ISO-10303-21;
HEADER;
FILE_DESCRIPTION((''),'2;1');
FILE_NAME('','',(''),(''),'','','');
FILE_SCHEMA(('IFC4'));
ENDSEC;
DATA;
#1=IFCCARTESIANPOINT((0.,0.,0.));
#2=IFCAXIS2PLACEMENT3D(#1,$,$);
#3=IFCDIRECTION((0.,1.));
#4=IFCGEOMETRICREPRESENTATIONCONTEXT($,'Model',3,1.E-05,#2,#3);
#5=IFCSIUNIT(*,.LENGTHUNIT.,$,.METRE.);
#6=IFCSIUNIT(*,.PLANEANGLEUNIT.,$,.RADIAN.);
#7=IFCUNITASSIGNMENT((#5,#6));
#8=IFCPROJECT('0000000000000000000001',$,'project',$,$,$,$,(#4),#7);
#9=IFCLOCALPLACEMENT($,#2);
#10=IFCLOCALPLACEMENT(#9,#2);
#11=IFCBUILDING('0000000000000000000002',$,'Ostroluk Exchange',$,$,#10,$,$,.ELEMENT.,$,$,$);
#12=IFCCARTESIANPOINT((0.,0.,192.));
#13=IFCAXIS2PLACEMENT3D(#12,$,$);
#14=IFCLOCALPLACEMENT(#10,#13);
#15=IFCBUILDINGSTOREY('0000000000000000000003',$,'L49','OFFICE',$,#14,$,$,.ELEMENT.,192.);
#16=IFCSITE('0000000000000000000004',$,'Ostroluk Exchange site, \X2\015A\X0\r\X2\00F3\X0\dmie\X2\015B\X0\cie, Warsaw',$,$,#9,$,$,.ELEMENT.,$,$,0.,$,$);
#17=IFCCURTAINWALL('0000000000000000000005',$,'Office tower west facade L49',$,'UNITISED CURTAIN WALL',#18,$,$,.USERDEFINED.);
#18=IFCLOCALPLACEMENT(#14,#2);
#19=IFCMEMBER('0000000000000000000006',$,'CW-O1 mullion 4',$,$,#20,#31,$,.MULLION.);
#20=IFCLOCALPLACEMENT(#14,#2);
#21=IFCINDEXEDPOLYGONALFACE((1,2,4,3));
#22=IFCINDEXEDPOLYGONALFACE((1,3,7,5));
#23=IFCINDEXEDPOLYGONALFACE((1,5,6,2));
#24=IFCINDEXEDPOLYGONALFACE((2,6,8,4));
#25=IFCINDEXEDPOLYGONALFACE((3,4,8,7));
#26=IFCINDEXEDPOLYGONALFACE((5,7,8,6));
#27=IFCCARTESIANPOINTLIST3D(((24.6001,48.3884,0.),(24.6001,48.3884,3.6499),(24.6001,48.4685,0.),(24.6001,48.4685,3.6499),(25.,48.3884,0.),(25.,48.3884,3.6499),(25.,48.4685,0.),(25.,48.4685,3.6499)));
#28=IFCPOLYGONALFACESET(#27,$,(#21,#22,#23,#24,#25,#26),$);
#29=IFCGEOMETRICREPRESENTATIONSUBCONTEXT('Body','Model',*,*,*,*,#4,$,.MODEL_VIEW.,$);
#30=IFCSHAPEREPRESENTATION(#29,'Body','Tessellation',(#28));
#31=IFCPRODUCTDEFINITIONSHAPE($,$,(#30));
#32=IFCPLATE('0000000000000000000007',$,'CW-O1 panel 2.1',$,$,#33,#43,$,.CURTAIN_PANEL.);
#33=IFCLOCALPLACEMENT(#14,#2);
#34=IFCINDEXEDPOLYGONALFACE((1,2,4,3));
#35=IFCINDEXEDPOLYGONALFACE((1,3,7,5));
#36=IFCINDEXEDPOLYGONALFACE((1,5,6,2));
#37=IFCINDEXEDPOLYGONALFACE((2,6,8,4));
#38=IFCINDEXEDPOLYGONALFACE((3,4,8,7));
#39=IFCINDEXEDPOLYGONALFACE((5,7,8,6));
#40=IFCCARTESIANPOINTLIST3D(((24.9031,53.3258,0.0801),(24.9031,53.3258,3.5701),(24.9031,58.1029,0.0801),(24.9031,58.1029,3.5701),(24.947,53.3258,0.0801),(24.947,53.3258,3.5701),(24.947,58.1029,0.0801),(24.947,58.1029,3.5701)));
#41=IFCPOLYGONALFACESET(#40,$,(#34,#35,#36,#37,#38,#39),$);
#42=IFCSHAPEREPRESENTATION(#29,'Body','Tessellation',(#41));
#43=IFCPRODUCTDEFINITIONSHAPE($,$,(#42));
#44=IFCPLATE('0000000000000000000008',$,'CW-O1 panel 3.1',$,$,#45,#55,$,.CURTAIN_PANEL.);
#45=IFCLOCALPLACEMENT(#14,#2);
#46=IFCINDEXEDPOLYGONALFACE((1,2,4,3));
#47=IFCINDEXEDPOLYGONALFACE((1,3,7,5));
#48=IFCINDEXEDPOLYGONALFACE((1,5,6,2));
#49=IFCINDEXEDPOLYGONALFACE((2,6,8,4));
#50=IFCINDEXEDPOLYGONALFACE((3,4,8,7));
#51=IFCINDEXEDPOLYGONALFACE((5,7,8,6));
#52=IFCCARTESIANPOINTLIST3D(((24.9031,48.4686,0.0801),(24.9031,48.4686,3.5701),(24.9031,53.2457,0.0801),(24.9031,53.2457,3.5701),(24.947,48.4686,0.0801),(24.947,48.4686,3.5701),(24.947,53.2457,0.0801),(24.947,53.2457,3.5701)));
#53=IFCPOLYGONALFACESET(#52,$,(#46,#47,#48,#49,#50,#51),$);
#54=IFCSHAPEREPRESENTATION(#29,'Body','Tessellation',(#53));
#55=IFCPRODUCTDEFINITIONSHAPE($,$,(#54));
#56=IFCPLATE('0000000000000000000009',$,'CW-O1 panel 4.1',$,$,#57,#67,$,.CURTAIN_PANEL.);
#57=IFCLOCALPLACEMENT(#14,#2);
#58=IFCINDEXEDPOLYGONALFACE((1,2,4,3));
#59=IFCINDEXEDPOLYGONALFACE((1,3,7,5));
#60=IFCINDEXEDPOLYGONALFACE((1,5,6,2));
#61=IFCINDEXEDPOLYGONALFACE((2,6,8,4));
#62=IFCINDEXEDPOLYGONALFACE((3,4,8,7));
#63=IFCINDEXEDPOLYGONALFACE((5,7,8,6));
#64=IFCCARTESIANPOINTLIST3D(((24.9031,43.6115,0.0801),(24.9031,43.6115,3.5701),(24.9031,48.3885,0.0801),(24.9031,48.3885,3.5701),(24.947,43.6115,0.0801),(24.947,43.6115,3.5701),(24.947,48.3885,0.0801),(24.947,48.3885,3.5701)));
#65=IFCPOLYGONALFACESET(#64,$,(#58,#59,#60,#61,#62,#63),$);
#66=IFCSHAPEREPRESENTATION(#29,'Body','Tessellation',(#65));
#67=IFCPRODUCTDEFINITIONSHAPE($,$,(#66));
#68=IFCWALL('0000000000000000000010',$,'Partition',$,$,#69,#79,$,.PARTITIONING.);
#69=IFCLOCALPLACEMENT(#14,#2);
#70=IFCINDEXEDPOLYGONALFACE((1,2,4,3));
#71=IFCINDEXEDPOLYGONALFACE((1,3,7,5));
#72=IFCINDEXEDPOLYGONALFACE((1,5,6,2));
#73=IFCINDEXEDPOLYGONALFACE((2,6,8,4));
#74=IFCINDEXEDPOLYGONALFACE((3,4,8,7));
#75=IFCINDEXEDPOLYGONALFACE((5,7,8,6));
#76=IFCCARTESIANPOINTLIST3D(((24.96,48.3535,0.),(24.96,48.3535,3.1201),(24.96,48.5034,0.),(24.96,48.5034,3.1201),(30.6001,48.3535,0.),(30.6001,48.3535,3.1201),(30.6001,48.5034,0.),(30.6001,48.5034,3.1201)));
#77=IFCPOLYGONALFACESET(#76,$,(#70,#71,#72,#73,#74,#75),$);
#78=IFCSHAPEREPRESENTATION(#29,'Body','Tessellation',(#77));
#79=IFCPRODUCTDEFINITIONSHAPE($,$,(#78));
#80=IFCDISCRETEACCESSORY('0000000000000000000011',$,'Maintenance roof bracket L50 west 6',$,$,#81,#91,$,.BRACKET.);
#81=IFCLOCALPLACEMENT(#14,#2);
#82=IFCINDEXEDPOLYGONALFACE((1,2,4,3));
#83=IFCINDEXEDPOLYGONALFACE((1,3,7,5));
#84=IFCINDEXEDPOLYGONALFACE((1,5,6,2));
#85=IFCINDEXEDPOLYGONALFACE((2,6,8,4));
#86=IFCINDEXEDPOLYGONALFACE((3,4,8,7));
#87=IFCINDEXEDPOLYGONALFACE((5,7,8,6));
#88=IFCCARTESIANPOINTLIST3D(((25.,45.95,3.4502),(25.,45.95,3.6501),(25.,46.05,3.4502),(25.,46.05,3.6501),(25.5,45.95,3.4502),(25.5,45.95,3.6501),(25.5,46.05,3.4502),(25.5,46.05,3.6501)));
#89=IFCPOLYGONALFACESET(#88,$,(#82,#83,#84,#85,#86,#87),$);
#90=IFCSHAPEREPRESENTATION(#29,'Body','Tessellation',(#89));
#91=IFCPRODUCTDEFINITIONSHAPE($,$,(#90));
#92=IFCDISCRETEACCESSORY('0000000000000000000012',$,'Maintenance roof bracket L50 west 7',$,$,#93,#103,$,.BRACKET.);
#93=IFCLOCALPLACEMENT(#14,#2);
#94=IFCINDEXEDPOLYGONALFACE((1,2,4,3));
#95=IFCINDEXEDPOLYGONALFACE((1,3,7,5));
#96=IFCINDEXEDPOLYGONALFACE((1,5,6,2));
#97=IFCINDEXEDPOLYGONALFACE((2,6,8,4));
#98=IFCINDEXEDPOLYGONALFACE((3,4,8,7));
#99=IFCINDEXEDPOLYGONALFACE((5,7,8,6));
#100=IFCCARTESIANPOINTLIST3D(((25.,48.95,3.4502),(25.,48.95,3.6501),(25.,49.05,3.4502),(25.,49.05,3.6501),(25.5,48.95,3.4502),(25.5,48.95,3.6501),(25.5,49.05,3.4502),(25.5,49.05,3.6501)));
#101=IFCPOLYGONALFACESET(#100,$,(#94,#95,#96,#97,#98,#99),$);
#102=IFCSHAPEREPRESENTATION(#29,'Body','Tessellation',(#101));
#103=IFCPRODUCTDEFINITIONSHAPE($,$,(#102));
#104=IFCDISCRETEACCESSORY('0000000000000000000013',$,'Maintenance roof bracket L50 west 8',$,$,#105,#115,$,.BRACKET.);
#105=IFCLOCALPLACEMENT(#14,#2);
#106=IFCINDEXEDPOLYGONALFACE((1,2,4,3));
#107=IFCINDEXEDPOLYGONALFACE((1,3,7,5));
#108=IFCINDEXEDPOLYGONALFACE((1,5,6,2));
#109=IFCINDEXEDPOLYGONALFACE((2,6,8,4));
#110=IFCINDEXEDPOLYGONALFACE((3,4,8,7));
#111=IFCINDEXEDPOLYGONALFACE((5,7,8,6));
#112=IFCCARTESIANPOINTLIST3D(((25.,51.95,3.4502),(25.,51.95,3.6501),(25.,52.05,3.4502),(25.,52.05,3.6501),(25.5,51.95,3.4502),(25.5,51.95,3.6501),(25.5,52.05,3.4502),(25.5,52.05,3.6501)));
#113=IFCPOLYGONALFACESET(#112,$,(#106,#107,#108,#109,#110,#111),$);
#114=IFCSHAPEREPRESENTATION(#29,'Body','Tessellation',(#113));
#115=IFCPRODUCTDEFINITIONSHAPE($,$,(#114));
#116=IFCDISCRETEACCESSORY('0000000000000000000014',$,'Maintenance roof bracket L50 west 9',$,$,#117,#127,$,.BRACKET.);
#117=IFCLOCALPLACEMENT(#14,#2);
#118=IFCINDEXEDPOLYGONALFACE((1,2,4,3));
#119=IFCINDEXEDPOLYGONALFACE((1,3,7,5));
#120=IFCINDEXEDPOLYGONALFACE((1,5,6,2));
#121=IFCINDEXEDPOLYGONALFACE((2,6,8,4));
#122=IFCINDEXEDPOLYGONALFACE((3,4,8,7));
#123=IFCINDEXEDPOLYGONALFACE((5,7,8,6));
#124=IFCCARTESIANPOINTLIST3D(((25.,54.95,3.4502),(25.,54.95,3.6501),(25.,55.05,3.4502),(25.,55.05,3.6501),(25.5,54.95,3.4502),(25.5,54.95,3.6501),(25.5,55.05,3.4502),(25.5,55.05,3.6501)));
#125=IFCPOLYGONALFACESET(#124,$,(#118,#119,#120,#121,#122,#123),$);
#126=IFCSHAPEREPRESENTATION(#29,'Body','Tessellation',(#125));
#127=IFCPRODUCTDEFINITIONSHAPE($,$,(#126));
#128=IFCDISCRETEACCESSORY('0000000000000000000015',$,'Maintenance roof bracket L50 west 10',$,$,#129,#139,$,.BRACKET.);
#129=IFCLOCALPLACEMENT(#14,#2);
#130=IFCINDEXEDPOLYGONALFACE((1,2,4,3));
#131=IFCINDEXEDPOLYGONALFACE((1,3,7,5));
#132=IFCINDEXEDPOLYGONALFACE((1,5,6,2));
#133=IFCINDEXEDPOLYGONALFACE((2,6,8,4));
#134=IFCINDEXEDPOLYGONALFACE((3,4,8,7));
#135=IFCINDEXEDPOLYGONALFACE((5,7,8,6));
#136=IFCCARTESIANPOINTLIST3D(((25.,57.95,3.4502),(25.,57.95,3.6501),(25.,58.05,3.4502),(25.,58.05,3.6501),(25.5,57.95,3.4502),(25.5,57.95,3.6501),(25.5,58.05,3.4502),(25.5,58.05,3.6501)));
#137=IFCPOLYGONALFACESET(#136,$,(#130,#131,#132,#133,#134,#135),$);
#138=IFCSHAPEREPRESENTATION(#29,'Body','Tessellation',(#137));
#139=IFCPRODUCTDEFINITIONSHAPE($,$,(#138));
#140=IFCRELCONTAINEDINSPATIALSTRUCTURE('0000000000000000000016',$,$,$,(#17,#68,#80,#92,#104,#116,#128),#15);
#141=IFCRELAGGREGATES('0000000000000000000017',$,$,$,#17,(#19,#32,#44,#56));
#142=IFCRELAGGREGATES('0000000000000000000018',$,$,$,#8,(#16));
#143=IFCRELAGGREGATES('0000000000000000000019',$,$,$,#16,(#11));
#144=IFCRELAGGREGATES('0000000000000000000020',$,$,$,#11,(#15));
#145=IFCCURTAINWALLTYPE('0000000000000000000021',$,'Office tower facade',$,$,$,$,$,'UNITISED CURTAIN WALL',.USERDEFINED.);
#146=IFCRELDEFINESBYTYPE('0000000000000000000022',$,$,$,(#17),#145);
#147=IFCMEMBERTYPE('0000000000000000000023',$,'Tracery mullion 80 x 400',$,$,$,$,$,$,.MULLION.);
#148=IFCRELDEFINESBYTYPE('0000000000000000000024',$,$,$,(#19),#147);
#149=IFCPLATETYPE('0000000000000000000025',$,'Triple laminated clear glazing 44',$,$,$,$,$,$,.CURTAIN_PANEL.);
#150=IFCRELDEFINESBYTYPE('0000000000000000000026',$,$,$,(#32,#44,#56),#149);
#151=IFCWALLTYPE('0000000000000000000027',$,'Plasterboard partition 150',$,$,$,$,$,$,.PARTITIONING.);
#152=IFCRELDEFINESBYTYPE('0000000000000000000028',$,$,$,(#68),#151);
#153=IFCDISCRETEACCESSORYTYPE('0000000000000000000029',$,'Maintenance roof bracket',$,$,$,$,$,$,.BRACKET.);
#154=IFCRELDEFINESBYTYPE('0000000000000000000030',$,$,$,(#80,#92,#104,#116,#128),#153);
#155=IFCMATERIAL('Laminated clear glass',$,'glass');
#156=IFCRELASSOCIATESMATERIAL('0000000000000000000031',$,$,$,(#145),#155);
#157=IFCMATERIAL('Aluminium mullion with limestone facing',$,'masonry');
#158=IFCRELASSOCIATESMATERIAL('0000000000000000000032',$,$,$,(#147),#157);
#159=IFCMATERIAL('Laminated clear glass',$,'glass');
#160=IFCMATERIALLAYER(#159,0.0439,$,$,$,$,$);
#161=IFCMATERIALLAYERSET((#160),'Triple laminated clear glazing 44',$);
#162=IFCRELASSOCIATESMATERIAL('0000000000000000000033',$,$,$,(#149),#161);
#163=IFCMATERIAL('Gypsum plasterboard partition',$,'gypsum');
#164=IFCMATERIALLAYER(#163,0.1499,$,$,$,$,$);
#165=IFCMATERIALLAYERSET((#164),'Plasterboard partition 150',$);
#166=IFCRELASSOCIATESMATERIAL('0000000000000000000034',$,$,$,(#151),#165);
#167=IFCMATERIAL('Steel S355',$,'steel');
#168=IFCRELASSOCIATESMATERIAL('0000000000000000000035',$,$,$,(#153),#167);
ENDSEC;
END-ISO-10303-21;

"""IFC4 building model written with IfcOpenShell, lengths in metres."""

from ifc_helpers import new_model, si_unit, direction, frame, frame_2d, origin, origin_2d, place, context, subcontext, project, spatial, rectangle, extrude, material, layer, layer_set, material_profile, profile_set, type_object, element, aggregate, save


model = new_model("IFC4")

# Units and contexts
model_context = context("Model", 3, precision=1e-05, world=origin(), true_north=direction((0.0, 1.0)))
body_context = subcontext(model_context, "Body", "Model", "MODEL_VIEW")
ifc_project = project(units=[si_unit("LENGTHUNIT", "METRE"), si_unit("PLANEANGLEUNIT", "RADIAN")], contexts=[model_context])

# Site, building, storey
site_placement = place(None, origin())
site = spatial("IfcSite", under=ifc_project, at=site_placement, Name="Ostroluk Exchange site, Śródmieście, Warsaw", CompositionType="ELEMENT", RefElevation=0.0)
building_placement = place(site_placement, origin())
building = spatial("IfcBuilding", under=site, at=building_placement, Name="Ostroluk Exchange", CompositionType="ELEMENT")
storey_placement = place(building_placement, frame((0.0, 0.0, 192.0)))
storey = spatial("IfcBuildingStorey", under=building, at=storey_placement, Name="L49", Description="OFFICE", CompositionType="ELEMENT", Elevation=192.0)

# Curtain wall, member, plates
ifc_material_1 = material(Name="Laminated clear glass", Category="glass")
curtain_wall_type = type_object("IfcCurtainWallType", Name="Office tower facade", ElementType="UNITISED CURTAIN WALL", PredefinedType="USERDEFINED", material=ifc_material_1)
curtain_wall_placement = place(storey_placement, origin())
curtain_wall = element("IfcCurtainWall", 1, at=curtain_wall_placement, inside=storey, type_object=curtain_wall_type, Name="Office tower west facade L49", ObjectType="UNITISED CURTAIN WALL", PredefinedType="USERDEFINED")
ifc_material_2 = material(Name="Aluminium mullion with limestone facing", Category="masonry")
ifc_material_profile_1 = material_profile(ifc_material_2, rectangle(XDim=0.3999, YDim=0.0801, at=origin_2d()), Name="Tracery mullion 80 x 400")
ifc_profile_set_1 = profile_set([ifc_material_profile_1], Name="Aluminium mullion with limestone facing")
member_type_1 = type_object("IfcMemberType", Name="Tracery mullion 80 x 400", PredefinedType="MULLION", material=ifc_profile_set_1)
member_1_placement = place(storey_placement, frame((24.8, 48.4285, 0.0), z_axis=(0.0, 0.0, 1.0), x_axis=(1.0, 0.0, 0.0)))
member_1 = element("IfcMember", 2, at=member_1_placement, type_object=member_type_1, Name="CW-O1 mullion 4", PredefinedType="MULLION", context=body_context, shape_type="SweptSolid", body=[
    extrude(rectangle(XDim=0.3999, YDim=0.0801, at=origin_2d()), origin(), (0.0, 0.0, 1.0), 3.6499),
])
ifc_material_3 = material(Name="Laminated clear glass", Category="glass")
ifc_layer_1 = layer(ifc_material_3, 0.0439)
ifc_layer_set_1 = layer_set([ifc_layer_1], Name="Triple laminated clear glazing 44")
plate_type = type_object("IfcPlateType", Name="Triple laminated clear glazing 44", PredefinedType="CURTAIN_PANEL", material=ifc_layer_set_1)
plate_1_placement = place(storey_placement, frame((24.925, 55.7144, 0.0801), z_axis=(0.0, 0.0, 1.0), x_axis=(0.0, -1.0, 0.0)))
plate_1 = element("IfcPlate", 3, at=plate_1_placement, type_object=plate_type, Name="CW-O1 panel 2.1", PredefinedType="CURTAIN_PANEL", context=body_context, shape_type="SweptSolid", body=[
    extrude(rectangle(XDim=4.7771, YDim=0.0439, at=origin_2d()), origin(), (0.0, 0.0, 1.0), 3.49),
])
plate_2_placement = place(storey_placement, frame((24.925, 50.8572, 0.0801), z_axis=(0.0, 0.0, 1.0), x_axis=(0.0, -1.0, 0.0)))
plate_2 = element("IfcPlate", 4, at=plate_2_placement, type_object=plate_type, Name="CW-O1 panel 3.1", PredefinedType="CURTAIN_PANEL", context=body_context, shape_type="SweptSolid", body=[
    extrude(rectangle(XDim=4.7771, YDim=0.0439, at=origin_2d()), origin(), (0.0, 0.0, 1.0), 3.49),
])
plate_3_placement = place(storey_placement, frame((24.925, 46.0, 0.0801), z_axis=(0.0, 0.0, 1.0), x_axis=(0.0, -1.0, 0.0)))
plate_3 = element("IfcPlate", 5, at=plate_3_placement, type_object=plate_type, Name="CW-O1 panel 4.1", PredefinedType="CURTAIN_PANEL", context=body_context, shape_type="SweptSolid", body=[
    extrude(rectangle(XDim=4.7771, YDim=0.0439, at=origin_2d()), origin(), (0.0, 0.0, 1.0), 3.49),
])
aggregate(curtain_wall, [member_1, plate_1, plate_2, plate_3])

# Wall
ifc_material_4 = material(Name="Gypsum plasterboard partition", Category="gypsum")
ifc_layer_2 = layer(ifc_material_4, 0.1499)
ifc_layer_set_2 = layer_set([ifc_layer_2], Name="Plasterboard partition 150")
wall_type = type_object("IfcWallType", Name="Plasterboard partition 150", PredefinedType="PARTITIONING", material=ifc_layer_set_2)
wall_placement = place(storey_placement, frame((30.6001, 48.4285, 0.0), z_axis=(0.0, 0.0, 1.0), x_axis=(-1.0, 0.0, 0.0)))
element("IfcWall", 6, at=wall_placement, inside=storey, type_object=wall_type, Name="Partition", PredefinedType="PARTITIONING", context=body_context, shape_type="SweptSolid", body=[
    extrude(rectangle(XDim=5.6401, YDim=0.1499, at=frame_2d((2.8201, 0.0))), origin(), (0.0, 0.0, 1.0), 3.1201),
])

# Discrete accessories
ifc_material_5 = material(Name="Steel S355", Category="steel")
discrete_accessory_type = type_object("IfcDiscreteAccessoryType", Name="Maintenance roof bracket", PredefinedType="BRACKET", material=ifc_material_5)
for number, where, z_axis, x_axis, name in (
    (7, (25.25, 46.0, 3.4502), (0.0, 0.0, 1.0), (1.0, 0.0, 0.0), "Maintenance roof bracket L50 west 6"),
    (8, (25.25, 49.0, 3.4502), (0.0, 0.0, 1.0), (1.0, 0.0, 0.0), "Maintenance roof bracket L50 west 7"),
    (9, (25.25, 52.0, 3.4502), (0.0, 0.0, 1.0), (1.0, 0.0, 0.0), "Maintenance roof bracket L50 west 8"),
    (10, (25.25, 55.0, 3.4502), (0.0, 0.0, 1.0), (1.0, 0.0, 0.0), "Maintenance roof bracket L50 west 9"),
    (11, (25.25, 58.0, 3.4502), (0.0, 0.0, 1.0), (1.0, 0.0, 0.0), "Maintenance roof bracket L50 west 10"),
):
    element("IfcDiscreteAccessory", number, at=place(storey_placement, frame(where, z_axis=z_axis, x_axis=x_axis)), inside=storey, type_object=discrete_accessory_type, Name=name, PredefinedType="BRACKET", context=body_context, shape_type="SweptSolid", body=[
        extrude(rectangle(XDim=0.5, YDim=0.1001, at=origin_2d()), origin(), (0.0, 0.0, 1.0), 0.2),
    ])

save(model, "model.ifc")
